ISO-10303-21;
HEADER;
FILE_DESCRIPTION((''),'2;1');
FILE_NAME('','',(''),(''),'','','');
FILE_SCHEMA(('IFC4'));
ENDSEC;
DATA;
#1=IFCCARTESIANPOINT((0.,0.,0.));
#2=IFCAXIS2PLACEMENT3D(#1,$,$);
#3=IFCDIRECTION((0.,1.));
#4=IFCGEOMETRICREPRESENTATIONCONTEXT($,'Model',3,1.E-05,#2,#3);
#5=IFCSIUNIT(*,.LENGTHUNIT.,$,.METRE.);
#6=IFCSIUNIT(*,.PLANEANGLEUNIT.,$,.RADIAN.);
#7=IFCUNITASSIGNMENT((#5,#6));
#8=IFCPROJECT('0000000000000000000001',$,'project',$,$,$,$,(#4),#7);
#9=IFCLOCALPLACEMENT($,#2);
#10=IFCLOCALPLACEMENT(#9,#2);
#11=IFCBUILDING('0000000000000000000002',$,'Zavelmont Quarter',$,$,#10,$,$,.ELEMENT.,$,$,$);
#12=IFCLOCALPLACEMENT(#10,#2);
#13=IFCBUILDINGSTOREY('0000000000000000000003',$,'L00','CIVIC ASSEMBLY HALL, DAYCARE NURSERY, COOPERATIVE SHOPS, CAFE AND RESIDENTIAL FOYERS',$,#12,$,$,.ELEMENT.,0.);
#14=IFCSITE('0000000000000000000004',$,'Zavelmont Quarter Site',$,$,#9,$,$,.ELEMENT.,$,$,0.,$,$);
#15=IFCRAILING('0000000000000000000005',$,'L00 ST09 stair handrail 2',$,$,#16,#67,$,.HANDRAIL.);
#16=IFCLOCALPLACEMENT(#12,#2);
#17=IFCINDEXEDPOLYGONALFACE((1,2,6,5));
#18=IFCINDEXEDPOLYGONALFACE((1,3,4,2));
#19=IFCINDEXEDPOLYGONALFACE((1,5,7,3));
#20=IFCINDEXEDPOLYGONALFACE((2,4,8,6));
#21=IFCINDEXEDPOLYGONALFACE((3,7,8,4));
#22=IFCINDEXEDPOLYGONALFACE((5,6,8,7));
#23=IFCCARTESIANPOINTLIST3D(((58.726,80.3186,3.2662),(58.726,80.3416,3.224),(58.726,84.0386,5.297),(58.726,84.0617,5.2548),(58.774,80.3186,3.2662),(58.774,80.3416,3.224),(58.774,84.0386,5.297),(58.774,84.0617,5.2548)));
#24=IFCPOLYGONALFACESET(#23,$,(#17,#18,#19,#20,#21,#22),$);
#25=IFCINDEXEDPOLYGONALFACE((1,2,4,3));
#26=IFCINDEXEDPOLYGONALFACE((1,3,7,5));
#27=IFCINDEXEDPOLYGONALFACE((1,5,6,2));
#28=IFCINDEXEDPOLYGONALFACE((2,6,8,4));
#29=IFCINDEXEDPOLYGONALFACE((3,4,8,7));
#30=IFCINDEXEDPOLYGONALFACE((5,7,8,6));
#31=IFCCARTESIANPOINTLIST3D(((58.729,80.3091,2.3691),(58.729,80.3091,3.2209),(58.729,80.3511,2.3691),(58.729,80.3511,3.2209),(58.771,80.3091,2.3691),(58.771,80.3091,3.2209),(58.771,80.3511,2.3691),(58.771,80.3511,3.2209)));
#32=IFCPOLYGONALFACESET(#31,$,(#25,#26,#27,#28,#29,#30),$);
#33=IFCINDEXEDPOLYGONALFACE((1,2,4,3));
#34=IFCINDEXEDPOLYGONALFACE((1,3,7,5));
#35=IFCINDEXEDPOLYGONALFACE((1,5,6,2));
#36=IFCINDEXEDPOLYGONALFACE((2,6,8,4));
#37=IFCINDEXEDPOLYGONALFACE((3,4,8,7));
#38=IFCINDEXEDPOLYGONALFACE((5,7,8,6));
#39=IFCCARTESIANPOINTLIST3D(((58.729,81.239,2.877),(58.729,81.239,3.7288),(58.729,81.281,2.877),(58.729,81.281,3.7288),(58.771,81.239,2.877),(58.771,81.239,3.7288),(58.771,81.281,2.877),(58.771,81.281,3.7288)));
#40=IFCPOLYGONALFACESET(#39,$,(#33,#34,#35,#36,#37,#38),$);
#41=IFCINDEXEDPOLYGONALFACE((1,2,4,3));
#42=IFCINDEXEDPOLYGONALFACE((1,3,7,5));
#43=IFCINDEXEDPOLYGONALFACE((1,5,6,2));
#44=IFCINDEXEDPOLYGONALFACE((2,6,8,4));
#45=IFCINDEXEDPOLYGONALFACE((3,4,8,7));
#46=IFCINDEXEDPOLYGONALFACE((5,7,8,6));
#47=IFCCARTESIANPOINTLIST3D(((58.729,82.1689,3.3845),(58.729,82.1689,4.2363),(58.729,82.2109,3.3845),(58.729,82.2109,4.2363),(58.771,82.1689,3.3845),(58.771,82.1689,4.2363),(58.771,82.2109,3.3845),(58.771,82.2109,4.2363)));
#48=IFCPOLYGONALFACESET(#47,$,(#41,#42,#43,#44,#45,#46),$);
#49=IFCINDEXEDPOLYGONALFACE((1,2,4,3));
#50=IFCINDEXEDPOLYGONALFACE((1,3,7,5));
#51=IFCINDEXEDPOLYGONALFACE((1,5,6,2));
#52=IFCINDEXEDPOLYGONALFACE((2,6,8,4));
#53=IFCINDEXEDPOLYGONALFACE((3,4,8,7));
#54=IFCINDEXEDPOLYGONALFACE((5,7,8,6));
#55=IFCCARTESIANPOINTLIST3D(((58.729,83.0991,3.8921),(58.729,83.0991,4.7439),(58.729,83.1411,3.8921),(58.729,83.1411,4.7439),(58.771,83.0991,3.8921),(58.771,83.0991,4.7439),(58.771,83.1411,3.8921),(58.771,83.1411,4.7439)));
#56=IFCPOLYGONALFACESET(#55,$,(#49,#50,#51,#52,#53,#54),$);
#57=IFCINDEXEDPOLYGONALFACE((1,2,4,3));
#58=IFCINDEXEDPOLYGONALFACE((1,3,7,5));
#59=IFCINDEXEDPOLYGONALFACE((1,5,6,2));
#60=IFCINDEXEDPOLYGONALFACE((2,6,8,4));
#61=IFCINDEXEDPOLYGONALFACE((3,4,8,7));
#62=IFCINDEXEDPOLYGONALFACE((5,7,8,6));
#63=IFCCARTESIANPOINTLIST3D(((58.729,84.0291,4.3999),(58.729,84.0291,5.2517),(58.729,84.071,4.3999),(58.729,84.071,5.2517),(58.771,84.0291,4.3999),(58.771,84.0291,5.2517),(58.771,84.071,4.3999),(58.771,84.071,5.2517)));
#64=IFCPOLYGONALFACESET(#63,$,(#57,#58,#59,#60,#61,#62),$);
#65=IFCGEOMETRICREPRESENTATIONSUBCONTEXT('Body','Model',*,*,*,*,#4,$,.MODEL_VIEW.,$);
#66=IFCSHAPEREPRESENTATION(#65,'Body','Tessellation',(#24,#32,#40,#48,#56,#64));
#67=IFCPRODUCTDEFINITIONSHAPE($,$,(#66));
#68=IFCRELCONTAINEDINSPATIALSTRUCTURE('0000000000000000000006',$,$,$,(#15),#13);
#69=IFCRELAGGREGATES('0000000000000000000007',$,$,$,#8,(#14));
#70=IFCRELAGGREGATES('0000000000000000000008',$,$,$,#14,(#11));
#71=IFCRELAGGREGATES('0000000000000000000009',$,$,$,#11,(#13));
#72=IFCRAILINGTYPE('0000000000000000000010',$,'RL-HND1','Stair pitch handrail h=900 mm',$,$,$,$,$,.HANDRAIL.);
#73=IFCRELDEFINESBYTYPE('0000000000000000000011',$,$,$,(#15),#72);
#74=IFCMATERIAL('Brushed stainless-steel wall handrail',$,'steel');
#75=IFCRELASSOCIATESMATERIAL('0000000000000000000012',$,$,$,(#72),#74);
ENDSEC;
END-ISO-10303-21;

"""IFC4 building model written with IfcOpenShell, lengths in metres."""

from ifc_helpers import new_model, si_unit, direction, frame, origin, origin_2d, place, context, subcontext, project, spatial, rectangle, extrude, material, type_object, element, save


model = new_model("IFC4")

# Units and contexts
model_context = context("Model", 3, precision=1e-05, world=origin(), true_north=direction((0.0, 1.0)))
body_context = subcontext(model_context, "Body", "Model", "MODEL_VIEW")
ifc_project = project(units=[si_unit("LENGTHUNIT", "METRE"), si_unit("PLANEANGLEUNIT", "RADIAN")], contexts=[model_context])

# Site, building, storey
site_placement = place(None, origin())
site = spatial("IfcSite", under=ifc_project, at=site_placement, Name="Zavelmont Quarter Site", CompositionType="ELEMENT", RefElevation=0.0)
building_placement = place(site_placement, origin())
building = spatial("IfcBuilding", under=site, at=building_placement, Name="Zavelmont Quarter", CompositionType="ELEMENT")
storey_placement = place(building_placement, origin())
storey = spatial("IfcBuildingStorey", under=building, at=storey_placement, Name="L00", Description="CIVIC ASSEMBLY HALL, DAYCARE NURSERY, COOPERATIVE SHOPS, CAFE AND RESIDENTIAL FOYERS", CompositionType="ELEMENT", Elevation=0.0)

# Railing
ifc_material_1 = material(Name="Brushed stainless-steel wall handrail", Category="steel")
railing_type_1 = type_object("IfcRailingType", Name="RL-HND1", Description="Stair pitch handrail h=900 mm", PredefinedType="HANDRAIL", material=ifc_material_1)
railing_1_placement = place(storey_placement, frame((58.75, 80.3301, 2.3691)))
element("IfcRailing", 1, at=railing_1_placement, inside=storey, type_object=railing_type_1, Name="L00 ST09 stair handrail 2", PredefinedType="HANDRAIL", context=body_context, shape_type="SweptSolid", body=[
    extrude(rectangle(XDim=0.0481, YDim=0.0481, at=origin_2d()), frame((0.0, 0.0, 0.876), z_axis=(0.0, 0.877728, 0.479159), x_axis=(-1.0, 0.0, 0.0)), (0.0, 0.0, 1.0), 4.2383),
    extrude(rectangle(XDim=0.042, YDim=0.042, at=origin_2d()), origin(), (0.0, 0.0, 1.0), 0.8518),
    extrude(rectangle(XDim=0.042, YDim=0.042, at=origin_2d()), frame((0.0, 0.9299, 0.5078)), (0.0, 0.0, 1.0), 0.8518),
    extrude(rectangle(XDim=0.042, YDim=0.042, at=origin_2d()), frame((0.0, 1.8599, 1.0154)), (0.0, 0.0, 1.0), 0.8518),
    extrude(rectangle(XDim=0.042, YDim=0.042, at=origin_2d()), frame((0.0, 2.79, 1.5229)), (0.0, 0.0, 1.0), 0.8518),
    extrude(rectangle(XDim=0.042, YDim=0.042, at=origin_2d()), frame((0.0, 3.72, 2.0308)), (0.0, 0.0, 1.0), 0.8518),
])

save(model, "model.ifc")
